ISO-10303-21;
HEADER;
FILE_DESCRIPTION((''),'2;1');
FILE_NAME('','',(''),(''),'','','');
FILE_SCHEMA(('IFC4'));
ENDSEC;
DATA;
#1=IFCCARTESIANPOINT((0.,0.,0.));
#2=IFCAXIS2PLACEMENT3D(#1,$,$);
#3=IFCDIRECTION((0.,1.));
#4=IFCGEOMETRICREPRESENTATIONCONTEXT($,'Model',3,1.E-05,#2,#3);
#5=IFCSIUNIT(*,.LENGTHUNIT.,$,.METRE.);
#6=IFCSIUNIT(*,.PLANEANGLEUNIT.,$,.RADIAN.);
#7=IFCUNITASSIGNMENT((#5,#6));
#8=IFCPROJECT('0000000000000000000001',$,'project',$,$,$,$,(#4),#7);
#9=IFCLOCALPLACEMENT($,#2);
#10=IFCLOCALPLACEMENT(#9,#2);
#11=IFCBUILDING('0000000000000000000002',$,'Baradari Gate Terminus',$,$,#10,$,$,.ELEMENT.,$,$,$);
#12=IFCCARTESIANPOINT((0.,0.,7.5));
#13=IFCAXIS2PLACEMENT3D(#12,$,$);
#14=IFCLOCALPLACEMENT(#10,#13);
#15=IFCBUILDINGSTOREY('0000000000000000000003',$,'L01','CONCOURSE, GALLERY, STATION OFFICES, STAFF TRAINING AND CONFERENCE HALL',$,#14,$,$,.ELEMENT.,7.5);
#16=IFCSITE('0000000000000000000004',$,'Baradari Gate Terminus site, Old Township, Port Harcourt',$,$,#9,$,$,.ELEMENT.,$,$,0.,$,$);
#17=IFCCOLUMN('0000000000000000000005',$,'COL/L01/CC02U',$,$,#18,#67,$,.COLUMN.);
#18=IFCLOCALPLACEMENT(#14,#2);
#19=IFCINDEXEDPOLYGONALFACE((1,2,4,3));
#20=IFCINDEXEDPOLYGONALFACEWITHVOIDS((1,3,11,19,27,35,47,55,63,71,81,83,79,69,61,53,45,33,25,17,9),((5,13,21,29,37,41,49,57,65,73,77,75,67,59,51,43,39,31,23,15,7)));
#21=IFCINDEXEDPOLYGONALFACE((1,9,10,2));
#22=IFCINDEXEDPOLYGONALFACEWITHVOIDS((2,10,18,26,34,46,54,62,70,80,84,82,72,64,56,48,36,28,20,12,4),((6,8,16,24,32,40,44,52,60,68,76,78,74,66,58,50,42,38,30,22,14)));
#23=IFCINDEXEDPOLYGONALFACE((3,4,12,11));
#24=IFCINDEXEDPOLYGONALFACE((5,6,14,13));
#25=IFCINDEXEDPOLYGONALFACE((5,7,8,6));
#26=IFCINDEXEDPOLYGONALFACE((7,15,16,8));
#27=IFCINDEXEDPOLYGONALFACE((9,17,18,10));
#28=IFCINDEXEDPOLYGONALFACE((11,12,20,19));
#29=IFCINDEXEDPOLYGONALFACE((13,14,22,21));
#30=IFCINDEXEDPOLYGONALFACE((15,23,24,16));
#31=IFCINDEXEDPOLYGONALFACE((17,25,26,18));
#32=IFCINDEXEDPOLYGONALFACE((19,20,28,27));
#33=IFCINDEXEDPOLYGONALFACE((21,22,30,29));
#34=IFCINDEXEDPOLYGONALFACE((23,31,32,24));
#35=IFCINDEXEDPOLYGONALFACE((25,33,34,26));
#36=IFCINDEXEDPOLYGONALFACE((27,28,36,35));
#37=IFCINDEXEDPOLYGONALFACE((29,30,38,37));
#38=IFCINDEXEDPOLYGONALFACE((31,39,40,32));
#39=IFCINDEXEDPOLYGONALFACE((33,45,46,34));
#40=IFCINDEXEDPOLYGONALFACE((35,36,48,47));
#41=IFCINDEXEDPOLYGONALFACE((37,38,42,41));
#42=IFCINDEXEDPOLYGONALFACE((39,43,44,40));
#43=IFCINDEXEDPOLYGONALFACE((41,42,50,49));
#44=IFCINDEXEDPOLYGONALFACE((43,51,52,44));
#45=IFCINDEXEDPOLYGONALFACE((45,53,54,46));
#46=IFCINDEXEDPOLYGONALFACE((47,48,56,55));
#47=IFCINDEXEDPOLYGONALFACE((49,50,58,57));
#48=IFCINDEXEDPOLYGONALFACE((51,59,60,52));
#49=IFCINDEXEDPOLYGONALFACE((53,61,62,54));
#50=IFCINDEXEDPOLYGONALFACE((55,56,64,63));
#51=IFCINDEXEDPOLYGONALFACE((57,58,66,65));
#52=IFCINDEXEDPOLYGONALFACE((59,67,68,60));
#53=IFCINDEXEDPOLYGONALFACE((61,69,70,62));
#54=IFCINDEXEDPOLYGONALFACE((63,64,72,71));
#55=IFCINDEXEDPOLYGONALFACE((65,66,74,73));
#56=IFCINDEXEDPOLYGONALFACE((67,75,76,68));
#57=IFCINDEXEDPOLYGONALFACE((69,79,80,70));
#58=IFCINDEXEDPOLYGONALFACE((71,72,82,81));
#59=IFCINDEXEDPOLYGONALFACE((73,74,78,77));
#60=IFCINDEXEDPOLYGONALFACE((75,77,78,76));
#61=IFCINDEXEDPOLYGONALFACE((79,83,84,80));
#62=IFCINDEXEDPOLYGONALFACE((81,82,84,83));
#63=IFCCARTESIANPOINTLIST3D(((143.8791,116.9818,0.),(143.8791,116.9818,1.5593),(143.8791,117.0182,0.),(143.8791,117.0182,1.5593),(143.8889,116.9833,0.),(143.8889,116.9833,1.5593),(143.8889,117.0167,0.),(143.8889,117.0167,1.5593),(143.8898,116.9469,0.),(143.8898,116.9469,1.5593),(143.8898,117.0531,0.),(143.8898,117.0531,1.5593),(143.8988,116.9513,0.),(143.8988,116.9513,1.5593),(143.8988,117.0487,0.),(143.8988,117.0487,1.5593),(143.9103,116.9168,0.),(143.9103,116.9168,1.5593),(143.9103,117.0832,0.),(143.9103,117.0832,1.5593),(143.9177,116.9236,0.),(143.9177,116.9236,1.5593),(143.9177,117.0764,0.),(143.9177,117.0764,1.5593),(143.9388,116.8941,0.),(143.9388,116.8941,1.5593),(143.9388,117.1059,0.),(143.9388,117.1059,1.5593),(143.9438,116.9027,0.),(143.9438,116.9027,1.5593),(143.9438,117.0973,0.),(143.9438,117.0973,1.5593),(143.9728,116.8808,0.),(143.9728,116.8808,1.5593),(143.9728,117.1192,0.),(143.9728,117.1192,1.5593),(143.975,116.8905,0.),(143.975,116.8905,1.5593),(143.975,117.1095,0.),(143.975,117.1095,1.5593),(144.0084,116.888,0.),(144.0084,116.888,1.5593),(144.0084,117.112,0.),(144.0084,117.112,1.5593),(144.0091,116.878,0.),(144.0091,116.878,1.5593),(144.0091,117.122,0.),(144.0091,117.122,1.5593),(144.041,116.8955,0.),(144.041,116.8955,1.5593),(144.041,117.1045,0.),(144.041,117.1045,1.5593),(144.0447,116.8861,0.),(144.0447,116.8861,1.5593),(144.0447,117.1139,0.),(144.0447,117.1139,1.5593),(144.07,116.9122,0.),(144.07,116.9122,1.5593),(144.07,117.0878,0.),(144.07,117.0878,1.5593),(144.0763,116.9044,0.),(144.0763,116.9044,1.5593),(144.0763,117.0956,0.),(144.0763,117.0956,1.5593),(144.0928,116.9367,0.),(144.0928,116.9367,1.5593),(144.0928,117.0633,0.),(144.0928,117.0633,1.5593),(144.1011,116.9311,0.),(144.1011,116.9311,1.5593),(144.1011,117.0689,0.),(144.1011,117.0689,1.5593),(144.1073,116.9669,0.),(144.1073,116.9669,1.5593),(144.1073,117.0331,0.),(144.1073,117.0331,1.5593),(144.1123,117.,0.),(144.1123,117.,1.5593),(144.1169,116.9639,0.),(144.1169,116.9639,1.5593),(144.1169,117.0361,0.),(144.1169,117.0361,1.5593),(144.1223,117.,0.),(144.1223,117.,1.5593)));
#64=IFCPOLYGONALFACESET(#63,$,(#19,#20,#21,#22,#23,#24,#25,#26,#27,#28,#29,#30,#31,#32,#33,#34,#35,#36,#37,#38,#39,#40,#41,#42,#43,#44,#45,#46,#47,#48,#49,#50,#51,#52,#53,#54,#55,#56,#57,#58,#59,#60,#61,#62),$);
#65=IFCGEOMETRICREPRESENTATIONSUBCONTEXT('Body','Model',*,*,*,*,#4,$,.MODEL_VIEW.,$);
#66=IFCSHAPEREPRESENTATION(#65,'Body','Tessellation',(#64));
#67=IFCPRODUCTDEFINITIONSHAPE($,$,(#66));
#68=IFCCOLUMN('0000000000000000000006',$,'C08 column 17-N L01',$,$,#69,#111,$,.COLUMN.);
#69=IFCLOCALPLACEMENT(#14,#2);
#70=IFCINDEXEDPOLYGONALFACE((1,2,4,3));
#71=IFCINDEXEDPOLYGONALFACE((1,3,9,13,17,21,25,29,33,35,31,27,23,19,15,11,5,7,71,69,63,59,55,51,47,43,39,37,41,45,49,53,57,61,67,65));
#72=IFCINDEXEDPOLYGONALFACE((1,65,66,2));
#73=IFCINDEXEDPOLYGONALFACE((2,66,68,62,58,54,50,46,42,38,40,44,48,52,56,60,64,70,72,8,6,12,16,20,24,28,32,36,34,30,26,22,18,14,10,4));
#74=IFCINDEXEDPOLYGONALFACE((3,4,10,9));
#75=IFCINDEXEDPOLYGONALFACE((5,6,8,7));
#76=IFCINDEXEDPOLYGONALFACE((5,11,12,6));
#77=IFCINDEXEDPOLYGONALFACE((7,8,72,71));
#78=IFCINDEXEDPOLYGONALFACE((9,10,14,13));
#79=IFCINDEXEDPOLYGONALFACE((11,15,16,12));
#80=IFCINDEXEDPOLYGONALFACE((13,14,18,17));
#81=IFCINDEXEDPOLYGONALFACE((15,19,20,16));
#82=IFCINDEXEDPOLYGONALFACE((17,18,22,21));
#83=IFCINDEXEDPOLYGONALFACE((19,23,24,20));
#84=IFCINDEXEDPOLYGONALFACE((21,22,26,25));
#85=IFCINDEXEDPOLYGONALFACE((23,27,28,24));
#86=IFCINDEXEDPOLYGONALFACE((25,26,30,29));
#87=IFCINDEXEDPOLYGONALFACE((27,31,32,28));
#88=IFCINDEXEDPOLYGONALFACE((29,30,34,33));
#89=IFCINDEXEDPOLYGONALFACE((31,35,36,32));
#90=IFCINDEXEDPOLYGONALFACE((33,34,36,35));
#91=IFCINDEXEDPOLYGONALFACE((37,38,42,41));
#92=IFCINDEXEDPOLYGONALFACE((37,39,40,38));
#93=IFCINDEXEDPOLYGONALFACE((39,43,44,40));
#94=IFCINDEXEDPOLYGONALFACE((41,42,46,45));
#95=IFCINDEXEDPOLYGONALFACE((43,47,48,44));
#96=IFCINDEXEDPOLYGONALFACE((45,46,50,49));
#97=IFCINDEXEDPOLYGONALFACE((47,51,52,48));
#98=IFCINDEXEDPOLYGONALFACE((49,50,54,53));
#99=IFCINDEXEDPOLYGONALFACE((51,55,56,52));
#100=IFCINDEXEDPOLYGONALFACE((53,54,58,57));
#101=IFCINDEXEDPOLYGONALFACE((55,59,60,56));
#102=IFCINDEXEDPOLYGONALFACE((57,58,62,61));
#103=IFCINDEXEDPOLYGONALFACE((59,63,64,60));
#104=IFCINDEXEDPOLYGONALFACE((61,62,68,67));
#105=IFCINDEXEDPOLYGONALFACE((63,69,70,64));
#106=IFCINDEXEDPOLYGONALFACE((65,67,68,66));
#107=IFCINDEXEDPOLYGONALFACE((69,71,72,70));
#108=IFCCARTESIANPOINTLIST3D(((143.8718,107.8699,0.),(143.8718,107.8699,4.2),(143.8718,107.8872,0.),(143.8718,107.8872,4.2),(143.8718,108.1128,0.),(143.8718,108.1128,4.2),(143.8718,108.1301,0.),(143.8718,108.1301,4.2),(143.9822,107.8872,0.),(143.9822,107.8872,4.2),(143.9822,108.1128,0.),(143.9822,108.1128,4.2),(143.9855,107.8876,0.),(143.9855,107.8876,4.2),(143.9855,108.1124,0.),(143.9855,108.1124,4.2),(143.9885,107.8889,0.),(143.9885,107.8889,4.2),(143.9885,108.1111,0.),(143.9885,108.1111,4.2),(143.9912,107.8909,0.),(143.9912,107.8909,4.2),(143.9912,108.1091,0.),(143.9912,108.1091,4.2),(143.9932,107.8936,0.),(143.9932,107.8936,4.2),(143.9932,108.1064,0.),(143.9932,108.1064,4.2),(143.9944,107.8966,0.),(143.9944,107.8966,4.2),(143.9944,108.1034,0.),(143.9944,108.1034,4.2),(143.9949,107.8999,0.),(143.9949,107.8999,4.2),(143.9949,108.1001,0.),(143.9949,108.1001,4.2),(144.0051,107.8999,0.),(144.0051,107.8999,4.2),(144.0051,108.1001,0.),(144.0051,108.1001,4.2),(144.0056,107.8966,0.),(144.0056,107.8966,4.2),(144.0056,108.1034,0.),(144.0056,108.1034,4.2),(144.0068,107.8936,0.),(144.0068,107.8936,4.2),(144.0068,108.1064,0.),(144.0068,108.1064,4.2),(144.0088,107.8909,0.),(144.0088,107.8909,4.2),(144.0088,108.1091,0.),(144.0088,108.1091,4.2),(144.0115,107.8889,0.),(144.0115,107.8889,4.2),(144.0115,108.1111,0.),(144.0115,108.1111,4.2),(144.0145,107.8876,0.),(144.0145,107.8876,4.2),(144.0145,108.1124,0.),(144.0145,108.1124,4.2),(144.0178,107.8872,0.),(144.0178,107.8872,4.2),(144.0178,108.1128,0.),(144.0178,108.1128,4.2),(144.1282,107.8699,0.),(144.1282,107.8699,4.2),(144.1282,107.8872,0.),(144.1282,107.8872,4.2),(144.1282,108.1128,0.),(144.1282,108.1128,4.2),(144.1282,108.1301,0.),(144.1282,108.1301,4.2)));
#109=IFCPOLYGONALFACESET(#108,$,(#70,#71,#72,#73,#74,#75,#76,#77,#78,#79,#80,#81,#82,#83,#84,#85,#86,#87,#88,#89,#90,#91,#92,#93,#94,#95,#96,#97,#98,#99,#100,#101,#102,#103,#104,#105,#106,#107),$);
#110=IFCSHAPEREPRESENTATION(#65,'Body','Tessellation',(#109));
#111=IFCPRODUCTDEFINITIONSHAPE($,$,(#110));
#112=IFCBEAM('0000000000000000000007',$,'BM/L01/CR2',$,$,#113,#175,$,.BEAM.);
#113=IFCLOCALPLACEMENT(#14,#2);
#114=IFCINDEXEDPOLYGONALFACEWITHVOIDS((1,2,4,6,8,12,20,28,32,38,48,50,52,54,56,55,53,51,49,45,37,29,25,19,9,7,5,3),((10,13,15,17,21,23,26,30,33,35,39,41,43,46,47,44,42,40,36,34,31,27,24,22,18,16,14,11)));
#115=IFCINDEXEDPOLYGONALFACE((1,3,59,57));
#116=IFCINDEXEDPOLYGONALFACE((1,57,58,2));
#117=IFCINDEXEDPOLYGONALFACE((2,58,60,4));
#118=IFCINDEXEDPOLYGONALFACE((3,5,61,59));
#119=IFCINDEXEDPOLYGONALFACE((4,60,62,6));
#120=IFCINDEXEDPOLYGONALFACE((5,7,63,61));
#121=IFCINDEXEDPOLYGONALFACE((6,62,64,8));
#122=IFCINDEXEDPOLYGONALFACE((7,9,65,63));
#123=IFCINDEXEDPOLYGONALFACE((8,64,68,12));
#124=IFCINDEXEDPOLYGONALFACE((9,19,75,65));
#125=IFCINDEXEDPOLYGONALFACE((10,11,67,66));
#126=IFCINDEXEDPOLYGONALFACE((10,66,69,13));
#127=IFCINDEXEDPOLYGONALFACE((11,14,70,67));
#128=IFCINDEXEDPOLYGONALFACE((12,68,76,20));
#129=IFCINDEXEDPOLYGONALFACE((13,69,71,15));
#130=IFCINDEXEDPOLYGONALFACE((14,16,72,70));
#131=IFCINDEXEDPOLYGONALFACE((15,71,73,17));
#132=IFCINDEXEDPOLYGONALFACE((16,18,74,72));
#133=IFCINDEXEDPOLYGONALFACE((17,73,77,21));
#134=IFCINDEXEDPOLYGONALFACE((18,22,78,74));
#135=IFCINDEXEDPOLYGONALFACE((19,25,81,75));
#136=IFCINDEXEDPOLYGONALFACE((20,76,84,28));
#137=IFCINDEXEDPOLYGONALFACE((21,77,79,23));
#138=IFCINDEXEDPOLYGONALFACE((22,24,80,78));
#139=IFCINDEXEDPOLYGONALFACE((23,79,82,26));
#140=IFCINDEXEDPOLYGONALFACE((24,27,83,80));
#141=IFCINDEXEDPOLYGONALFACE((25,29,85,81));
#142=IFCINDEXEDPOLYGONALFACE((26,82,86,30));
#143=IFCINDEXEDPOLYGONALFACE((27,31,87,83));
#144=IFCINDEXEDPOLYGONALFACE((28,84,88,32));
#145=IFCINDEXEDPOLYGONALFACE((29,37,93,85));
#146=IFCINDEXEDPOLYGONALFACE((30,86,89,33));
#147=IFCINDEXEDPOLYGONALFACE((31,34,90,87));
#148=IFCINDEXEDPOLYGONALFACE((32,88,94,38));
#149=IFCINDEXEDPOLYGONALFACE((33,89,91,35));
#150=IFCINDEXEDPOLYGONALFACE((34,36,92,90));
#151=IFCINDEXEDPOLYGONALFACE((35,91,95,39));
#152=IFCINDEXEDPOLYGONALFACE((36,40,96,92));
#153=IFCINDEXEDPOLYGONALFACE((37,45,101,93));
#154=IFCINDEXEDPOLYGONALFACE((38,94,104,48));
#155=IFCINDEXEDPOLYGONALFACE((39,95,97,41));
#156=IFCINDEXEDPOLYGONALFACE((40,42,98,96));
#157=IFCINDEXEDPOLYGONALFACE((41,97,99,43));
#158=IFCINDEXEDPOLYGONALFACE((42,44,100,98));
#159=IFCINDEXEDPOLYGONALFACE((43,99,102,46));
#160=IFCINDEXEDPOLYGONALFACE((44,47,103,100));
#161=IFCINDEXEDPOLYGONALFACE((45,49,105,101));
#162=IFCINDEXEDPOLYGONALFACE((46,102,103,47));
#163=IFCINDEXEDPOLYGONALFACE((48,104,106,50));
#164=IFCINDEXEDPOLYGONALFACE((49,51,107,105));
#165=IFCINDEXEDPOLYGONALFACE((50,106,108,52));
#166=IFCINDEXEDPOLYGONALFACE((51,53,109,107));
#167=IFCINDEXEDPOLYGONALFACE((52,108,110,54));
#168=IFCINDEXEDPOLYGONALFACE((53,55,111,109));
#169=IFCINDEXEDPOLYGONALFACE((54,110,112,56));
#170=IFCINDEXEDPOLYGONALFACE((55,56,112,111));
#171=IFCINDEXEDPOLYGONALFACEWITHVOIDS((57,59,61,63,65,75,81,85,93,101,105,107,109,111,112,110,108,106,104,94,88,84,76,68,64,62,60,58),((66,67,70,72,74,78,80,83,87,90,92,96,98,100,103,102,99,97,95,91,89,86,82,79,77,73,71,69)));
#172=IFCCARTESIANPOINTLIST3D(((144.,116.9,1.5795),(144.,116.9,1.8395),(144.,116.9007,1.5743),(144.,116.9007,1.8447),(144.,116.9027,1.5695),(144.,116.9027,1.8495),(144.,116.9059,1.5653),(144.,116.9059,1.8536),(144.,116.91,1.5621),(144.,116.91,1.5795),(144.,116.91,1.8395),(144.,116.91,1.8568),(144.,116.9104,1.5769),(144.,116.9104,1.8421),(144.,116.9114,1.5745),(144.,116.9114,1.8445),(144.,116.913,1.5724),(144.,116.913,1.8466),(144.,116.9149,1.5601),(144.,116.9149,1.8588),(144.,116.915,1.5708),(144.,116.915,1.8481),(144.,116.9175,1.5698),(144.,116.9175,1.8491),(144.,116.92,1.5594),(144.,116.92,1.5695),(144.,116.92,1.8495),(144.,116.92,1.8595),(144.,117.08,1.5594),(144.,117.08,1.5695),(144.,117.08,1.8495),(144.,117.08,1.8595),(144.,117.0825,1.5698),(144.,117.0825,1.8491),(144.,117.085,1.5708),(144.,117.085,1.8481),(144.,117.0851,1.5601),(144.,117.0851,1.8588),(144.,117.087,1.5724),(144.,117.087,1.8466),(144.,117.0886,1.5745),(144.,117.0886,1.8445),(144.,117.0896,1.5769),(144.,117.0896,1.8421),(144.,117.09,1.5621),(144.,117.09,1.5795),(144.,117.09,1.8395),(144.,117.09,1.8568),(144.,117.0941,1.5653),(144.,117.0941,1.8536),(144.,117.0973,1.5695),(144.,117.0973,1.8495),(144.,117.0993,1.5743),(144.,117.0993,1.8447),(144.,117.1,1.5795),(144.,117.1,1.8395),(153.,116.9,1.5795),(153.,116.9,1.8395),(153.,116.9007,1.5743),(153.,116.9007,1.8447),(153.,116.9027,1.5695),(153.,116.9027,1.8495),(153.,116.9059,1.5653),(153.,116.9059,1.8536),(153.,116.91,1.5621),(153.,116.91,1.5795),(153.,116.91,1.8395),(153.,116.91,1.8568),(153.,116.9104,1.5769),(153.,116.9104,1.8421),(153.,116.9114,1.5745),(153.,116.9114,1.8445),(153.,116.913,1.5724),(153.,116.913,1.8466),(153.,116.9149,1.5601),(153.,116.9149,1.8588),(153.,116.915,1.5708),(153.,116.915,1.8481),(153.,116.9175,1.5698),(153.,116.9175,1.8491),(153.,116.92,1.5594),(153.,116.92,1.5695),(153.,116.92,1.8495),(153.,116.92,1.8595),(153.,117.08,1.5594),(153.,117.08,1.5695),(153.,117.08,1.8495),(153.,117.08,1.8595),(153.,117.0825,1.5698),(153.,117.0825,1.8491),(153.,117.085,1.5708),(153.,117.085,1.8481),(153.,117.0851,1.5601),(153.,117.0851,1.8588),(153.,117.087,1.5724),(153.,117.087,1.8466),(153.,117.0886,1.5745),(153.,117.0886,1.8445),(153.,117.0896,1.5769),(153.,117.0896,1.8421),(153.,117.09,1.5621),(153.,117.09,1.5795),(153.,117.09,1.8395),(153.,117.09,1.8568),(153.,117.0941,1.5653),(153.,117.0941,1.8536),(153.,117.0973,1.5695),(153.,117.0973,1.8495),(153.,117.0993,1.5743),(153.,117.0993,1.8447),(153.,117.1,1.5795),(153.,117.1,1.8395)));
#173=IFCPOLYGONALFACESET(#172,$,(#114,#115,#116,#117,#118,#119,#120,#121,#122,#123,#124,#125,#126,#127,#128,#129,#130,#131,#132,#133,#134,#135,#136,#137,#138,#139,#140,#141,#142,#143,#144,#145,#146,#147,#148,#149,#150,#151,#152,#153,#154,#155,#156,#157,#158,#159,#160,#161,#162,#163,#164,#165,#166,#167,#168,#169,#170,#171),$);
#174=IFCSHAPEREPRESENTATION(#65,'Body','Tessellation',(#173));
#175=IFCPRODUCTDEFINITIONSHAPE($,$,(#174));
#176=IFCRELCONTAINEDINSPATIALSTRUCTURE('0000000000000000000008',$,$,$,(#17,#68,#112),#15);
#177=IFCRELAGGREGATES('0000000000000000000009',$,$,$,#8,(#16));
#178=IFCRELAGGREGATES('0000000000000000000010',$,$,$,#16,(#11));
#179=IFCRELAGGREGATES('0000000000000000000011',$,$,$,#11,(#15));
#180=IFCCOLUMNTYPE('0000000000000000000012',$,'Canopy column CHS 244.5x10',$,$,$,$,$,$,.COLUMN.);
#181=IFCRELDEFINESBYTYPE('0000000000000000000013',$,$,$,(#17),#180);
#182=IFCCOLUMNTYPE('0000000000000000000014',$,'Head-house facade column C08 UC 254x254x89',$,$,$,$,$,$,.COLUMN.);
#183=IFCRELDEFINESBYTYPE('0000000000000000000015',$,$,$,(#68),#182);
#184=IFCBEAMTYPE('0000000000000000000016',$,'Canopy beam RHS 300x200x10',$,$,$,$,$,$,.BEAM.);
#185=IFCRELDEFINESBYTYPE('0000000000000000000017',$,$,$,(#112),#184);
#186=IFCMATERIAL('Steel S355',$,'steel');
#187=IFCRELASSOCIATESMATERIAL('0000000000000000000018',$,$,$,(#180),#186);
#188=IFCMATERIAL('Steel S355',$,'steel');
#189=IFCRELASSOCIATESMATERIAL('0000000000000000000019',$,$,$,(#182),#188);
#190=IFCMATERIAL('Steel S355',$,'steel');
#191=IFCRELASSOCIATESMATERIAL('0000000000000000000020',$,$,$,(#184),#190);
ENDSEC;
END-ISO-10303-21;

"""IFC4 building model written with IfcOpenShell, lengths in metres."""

from ifc_helpers import new_model, si_unit, direction, frame, origin, origin_2d, place, context, subcontext, project, spatial, hollow_rectangle, hollow_circle, i_section, extrude, material, material_profile, profile_set, type_object, element, save


model = new_model("IFC4")

# Units and contexts
model_context = context("Model", 3, precision=1e-05, world=origin(), true_north=direction((0.0, 1.0)))
body_context = subcontext(model_context, "Body", "Model", "MODEL_VIEW")
ifc_project = project(units=[si_unit("LENGTHUNIT", "METRE"), si_unit("PLANEANGLEUNIT", "RADIAN")], contexts=[model_context])

# Site, building, storey
site_placement = place(None, origin())
site = spatial("IfcSite", under=ifc_project, at=site_placement, Name="Baradari Gate Terminus site, Old Township, Port Harcourt", CompositionType="ELEMENT", RefElevation=0.0)
building_placement = place(site_placement, origin())
building = spatial("IfcBuilding", under=site, at=building_placement, Name="Baradari Gate Terminus", CompositionType="ELEMENT")
storey_placement = place(building_placement, frame((0.0, 0.0, 7.5)))
storey = spatial("IfcBuildingStorey", under=building, at=storey_placement, Name="L01", Description="CONCOURSE, GALLERY, STATION OFFICES, STAFF TRAINING AND CONFERENCE HALL", CompositionType="ELEMENT", Elevation=7.5)

# Columns
ifc_material_1 = material(Name="Steel S355", Category="steel")
ifc_material_profile_1 = material_profile(ifc_material_1, hollow_circle(Radius=0.1223, WallThickness=0.01, at=origin_2d()), Name="CHS 244.5x10")
ifc_profile_set_1 = profile_set([ifc_material_profile_1], Name="Steel S355")
column_type_1 = type_object("IfcColumnType", Name="Canopy column CHS 244.5x10", PredefinedType="COLUMN", material=ifc_profile_set_1)
column_1_placement = place(storey_placement, frame((144.0, 117.0, 0.0), z_axis=(0.0, 0.0, 1.0), x_axis=(1.0, 0.0, 0.0)))
element("IfcColumn", 1, at=column_1_placement, inside=storey, type_object=column_type_1, Name="COL/L01/CC02U", PredefinedType="COLUMN", context=body_context, shape_type="SweptSolid", body=[
    extrude(hollow_circle(Radius=0.1223, WallThickness=0.01, at=origin_2d()), origin(), (0.0, 0.0, 1.0), 1.5593),
])
ifc_material_2 = material(Name="Steel S355", Category="steel")
ifc_material_profile_2 = material_profile(ifc_material_2, i_section(OverallWidth=0.2563, OverallDepth=0.2603, WebThickness=0.0103, FlangeThickness=0.0173, FilletRadius=0.0127, at=origin_2d()), Name="UC 254x254x89")
ifc_profile_set_2 = profile_set([ifc_material_profile_2], Name="Steel S355")
column_type_2 = type_object("IfcColumnType", Name="Head-house facade column C08 UC 254x254x89", PredefinedType="COLUMN", material=ifc_profile_set_2)
column_2_placement = place(storey_placement, frame((144.0, 108.0, 0.0), z_axis=(0.0, 0.0, 1.0), x_axis=(1.0, 0.0, 0.0)))
element("IfcColumn", 2, at=column_2_placement, inside=storey, type_object=column_type_2, Name="C08 column 17-N L01", PredefinedType="COLUMN", context=body_context, shape_type="SweptSolid", body=[
    extrude(i_section(OverallWidth=0.2563, OverallDepth=0.2603, WebThickness=0.0103, FlangeThickness=0.0173, FilletRadius=0.0127, at=origin_2d()), origin(), (0.0, 0.0, 1.0), 4.2),
])

# Beam
ifc_material_3 = material(Name="Steel S355", Category="steel")
ifc_material_profile_3 = material_profile(ifc_material_3, hollow_rectangle(XDim=0.2, YDim=0.3, WallThickness=0.01, InnerFilletRadius=0.01, OuterFilletRadius=0.02, at=origin_2d()), Name="RHS 300x200x10")
ifc_profile_set_3 = profile_set([ifc_material_profile_3], Name="Steel S355")
beam_type_1 = type_object("IfcBeamType", Name="Canopy beam RHS 300x200x10", PredefinedType="BEAM", material=ifc_profile_set_3)
for number, where, z_axis, x_axis, name in (
    (3, (144.0, 117.0, 1.7095), (1.0, 0.0, 0.0), (0.0, 1.0, 0.0), "BM/L01/CR2"),
):
    element("IfcBeam", number, at=place(storey_placement, frame(where, z_axis=z_axis, x_axis=x_axis)), inside=storey, type_object=beam_type_1, Name=name, PredefinedType="BEAM", context=body_context, shape_type="SweptSolid", body=[
        extrude(hollow_rectangle(XDim=0.2, YDim=0.3, WallThickness=0.01, InnerFilletRadius=0.01, OuterFilletRadius=0.02, at=origin_2d()), origin(), (0.0, 0.0, 1.0), 9.0),
    ])

save(model, "model.ifc")
